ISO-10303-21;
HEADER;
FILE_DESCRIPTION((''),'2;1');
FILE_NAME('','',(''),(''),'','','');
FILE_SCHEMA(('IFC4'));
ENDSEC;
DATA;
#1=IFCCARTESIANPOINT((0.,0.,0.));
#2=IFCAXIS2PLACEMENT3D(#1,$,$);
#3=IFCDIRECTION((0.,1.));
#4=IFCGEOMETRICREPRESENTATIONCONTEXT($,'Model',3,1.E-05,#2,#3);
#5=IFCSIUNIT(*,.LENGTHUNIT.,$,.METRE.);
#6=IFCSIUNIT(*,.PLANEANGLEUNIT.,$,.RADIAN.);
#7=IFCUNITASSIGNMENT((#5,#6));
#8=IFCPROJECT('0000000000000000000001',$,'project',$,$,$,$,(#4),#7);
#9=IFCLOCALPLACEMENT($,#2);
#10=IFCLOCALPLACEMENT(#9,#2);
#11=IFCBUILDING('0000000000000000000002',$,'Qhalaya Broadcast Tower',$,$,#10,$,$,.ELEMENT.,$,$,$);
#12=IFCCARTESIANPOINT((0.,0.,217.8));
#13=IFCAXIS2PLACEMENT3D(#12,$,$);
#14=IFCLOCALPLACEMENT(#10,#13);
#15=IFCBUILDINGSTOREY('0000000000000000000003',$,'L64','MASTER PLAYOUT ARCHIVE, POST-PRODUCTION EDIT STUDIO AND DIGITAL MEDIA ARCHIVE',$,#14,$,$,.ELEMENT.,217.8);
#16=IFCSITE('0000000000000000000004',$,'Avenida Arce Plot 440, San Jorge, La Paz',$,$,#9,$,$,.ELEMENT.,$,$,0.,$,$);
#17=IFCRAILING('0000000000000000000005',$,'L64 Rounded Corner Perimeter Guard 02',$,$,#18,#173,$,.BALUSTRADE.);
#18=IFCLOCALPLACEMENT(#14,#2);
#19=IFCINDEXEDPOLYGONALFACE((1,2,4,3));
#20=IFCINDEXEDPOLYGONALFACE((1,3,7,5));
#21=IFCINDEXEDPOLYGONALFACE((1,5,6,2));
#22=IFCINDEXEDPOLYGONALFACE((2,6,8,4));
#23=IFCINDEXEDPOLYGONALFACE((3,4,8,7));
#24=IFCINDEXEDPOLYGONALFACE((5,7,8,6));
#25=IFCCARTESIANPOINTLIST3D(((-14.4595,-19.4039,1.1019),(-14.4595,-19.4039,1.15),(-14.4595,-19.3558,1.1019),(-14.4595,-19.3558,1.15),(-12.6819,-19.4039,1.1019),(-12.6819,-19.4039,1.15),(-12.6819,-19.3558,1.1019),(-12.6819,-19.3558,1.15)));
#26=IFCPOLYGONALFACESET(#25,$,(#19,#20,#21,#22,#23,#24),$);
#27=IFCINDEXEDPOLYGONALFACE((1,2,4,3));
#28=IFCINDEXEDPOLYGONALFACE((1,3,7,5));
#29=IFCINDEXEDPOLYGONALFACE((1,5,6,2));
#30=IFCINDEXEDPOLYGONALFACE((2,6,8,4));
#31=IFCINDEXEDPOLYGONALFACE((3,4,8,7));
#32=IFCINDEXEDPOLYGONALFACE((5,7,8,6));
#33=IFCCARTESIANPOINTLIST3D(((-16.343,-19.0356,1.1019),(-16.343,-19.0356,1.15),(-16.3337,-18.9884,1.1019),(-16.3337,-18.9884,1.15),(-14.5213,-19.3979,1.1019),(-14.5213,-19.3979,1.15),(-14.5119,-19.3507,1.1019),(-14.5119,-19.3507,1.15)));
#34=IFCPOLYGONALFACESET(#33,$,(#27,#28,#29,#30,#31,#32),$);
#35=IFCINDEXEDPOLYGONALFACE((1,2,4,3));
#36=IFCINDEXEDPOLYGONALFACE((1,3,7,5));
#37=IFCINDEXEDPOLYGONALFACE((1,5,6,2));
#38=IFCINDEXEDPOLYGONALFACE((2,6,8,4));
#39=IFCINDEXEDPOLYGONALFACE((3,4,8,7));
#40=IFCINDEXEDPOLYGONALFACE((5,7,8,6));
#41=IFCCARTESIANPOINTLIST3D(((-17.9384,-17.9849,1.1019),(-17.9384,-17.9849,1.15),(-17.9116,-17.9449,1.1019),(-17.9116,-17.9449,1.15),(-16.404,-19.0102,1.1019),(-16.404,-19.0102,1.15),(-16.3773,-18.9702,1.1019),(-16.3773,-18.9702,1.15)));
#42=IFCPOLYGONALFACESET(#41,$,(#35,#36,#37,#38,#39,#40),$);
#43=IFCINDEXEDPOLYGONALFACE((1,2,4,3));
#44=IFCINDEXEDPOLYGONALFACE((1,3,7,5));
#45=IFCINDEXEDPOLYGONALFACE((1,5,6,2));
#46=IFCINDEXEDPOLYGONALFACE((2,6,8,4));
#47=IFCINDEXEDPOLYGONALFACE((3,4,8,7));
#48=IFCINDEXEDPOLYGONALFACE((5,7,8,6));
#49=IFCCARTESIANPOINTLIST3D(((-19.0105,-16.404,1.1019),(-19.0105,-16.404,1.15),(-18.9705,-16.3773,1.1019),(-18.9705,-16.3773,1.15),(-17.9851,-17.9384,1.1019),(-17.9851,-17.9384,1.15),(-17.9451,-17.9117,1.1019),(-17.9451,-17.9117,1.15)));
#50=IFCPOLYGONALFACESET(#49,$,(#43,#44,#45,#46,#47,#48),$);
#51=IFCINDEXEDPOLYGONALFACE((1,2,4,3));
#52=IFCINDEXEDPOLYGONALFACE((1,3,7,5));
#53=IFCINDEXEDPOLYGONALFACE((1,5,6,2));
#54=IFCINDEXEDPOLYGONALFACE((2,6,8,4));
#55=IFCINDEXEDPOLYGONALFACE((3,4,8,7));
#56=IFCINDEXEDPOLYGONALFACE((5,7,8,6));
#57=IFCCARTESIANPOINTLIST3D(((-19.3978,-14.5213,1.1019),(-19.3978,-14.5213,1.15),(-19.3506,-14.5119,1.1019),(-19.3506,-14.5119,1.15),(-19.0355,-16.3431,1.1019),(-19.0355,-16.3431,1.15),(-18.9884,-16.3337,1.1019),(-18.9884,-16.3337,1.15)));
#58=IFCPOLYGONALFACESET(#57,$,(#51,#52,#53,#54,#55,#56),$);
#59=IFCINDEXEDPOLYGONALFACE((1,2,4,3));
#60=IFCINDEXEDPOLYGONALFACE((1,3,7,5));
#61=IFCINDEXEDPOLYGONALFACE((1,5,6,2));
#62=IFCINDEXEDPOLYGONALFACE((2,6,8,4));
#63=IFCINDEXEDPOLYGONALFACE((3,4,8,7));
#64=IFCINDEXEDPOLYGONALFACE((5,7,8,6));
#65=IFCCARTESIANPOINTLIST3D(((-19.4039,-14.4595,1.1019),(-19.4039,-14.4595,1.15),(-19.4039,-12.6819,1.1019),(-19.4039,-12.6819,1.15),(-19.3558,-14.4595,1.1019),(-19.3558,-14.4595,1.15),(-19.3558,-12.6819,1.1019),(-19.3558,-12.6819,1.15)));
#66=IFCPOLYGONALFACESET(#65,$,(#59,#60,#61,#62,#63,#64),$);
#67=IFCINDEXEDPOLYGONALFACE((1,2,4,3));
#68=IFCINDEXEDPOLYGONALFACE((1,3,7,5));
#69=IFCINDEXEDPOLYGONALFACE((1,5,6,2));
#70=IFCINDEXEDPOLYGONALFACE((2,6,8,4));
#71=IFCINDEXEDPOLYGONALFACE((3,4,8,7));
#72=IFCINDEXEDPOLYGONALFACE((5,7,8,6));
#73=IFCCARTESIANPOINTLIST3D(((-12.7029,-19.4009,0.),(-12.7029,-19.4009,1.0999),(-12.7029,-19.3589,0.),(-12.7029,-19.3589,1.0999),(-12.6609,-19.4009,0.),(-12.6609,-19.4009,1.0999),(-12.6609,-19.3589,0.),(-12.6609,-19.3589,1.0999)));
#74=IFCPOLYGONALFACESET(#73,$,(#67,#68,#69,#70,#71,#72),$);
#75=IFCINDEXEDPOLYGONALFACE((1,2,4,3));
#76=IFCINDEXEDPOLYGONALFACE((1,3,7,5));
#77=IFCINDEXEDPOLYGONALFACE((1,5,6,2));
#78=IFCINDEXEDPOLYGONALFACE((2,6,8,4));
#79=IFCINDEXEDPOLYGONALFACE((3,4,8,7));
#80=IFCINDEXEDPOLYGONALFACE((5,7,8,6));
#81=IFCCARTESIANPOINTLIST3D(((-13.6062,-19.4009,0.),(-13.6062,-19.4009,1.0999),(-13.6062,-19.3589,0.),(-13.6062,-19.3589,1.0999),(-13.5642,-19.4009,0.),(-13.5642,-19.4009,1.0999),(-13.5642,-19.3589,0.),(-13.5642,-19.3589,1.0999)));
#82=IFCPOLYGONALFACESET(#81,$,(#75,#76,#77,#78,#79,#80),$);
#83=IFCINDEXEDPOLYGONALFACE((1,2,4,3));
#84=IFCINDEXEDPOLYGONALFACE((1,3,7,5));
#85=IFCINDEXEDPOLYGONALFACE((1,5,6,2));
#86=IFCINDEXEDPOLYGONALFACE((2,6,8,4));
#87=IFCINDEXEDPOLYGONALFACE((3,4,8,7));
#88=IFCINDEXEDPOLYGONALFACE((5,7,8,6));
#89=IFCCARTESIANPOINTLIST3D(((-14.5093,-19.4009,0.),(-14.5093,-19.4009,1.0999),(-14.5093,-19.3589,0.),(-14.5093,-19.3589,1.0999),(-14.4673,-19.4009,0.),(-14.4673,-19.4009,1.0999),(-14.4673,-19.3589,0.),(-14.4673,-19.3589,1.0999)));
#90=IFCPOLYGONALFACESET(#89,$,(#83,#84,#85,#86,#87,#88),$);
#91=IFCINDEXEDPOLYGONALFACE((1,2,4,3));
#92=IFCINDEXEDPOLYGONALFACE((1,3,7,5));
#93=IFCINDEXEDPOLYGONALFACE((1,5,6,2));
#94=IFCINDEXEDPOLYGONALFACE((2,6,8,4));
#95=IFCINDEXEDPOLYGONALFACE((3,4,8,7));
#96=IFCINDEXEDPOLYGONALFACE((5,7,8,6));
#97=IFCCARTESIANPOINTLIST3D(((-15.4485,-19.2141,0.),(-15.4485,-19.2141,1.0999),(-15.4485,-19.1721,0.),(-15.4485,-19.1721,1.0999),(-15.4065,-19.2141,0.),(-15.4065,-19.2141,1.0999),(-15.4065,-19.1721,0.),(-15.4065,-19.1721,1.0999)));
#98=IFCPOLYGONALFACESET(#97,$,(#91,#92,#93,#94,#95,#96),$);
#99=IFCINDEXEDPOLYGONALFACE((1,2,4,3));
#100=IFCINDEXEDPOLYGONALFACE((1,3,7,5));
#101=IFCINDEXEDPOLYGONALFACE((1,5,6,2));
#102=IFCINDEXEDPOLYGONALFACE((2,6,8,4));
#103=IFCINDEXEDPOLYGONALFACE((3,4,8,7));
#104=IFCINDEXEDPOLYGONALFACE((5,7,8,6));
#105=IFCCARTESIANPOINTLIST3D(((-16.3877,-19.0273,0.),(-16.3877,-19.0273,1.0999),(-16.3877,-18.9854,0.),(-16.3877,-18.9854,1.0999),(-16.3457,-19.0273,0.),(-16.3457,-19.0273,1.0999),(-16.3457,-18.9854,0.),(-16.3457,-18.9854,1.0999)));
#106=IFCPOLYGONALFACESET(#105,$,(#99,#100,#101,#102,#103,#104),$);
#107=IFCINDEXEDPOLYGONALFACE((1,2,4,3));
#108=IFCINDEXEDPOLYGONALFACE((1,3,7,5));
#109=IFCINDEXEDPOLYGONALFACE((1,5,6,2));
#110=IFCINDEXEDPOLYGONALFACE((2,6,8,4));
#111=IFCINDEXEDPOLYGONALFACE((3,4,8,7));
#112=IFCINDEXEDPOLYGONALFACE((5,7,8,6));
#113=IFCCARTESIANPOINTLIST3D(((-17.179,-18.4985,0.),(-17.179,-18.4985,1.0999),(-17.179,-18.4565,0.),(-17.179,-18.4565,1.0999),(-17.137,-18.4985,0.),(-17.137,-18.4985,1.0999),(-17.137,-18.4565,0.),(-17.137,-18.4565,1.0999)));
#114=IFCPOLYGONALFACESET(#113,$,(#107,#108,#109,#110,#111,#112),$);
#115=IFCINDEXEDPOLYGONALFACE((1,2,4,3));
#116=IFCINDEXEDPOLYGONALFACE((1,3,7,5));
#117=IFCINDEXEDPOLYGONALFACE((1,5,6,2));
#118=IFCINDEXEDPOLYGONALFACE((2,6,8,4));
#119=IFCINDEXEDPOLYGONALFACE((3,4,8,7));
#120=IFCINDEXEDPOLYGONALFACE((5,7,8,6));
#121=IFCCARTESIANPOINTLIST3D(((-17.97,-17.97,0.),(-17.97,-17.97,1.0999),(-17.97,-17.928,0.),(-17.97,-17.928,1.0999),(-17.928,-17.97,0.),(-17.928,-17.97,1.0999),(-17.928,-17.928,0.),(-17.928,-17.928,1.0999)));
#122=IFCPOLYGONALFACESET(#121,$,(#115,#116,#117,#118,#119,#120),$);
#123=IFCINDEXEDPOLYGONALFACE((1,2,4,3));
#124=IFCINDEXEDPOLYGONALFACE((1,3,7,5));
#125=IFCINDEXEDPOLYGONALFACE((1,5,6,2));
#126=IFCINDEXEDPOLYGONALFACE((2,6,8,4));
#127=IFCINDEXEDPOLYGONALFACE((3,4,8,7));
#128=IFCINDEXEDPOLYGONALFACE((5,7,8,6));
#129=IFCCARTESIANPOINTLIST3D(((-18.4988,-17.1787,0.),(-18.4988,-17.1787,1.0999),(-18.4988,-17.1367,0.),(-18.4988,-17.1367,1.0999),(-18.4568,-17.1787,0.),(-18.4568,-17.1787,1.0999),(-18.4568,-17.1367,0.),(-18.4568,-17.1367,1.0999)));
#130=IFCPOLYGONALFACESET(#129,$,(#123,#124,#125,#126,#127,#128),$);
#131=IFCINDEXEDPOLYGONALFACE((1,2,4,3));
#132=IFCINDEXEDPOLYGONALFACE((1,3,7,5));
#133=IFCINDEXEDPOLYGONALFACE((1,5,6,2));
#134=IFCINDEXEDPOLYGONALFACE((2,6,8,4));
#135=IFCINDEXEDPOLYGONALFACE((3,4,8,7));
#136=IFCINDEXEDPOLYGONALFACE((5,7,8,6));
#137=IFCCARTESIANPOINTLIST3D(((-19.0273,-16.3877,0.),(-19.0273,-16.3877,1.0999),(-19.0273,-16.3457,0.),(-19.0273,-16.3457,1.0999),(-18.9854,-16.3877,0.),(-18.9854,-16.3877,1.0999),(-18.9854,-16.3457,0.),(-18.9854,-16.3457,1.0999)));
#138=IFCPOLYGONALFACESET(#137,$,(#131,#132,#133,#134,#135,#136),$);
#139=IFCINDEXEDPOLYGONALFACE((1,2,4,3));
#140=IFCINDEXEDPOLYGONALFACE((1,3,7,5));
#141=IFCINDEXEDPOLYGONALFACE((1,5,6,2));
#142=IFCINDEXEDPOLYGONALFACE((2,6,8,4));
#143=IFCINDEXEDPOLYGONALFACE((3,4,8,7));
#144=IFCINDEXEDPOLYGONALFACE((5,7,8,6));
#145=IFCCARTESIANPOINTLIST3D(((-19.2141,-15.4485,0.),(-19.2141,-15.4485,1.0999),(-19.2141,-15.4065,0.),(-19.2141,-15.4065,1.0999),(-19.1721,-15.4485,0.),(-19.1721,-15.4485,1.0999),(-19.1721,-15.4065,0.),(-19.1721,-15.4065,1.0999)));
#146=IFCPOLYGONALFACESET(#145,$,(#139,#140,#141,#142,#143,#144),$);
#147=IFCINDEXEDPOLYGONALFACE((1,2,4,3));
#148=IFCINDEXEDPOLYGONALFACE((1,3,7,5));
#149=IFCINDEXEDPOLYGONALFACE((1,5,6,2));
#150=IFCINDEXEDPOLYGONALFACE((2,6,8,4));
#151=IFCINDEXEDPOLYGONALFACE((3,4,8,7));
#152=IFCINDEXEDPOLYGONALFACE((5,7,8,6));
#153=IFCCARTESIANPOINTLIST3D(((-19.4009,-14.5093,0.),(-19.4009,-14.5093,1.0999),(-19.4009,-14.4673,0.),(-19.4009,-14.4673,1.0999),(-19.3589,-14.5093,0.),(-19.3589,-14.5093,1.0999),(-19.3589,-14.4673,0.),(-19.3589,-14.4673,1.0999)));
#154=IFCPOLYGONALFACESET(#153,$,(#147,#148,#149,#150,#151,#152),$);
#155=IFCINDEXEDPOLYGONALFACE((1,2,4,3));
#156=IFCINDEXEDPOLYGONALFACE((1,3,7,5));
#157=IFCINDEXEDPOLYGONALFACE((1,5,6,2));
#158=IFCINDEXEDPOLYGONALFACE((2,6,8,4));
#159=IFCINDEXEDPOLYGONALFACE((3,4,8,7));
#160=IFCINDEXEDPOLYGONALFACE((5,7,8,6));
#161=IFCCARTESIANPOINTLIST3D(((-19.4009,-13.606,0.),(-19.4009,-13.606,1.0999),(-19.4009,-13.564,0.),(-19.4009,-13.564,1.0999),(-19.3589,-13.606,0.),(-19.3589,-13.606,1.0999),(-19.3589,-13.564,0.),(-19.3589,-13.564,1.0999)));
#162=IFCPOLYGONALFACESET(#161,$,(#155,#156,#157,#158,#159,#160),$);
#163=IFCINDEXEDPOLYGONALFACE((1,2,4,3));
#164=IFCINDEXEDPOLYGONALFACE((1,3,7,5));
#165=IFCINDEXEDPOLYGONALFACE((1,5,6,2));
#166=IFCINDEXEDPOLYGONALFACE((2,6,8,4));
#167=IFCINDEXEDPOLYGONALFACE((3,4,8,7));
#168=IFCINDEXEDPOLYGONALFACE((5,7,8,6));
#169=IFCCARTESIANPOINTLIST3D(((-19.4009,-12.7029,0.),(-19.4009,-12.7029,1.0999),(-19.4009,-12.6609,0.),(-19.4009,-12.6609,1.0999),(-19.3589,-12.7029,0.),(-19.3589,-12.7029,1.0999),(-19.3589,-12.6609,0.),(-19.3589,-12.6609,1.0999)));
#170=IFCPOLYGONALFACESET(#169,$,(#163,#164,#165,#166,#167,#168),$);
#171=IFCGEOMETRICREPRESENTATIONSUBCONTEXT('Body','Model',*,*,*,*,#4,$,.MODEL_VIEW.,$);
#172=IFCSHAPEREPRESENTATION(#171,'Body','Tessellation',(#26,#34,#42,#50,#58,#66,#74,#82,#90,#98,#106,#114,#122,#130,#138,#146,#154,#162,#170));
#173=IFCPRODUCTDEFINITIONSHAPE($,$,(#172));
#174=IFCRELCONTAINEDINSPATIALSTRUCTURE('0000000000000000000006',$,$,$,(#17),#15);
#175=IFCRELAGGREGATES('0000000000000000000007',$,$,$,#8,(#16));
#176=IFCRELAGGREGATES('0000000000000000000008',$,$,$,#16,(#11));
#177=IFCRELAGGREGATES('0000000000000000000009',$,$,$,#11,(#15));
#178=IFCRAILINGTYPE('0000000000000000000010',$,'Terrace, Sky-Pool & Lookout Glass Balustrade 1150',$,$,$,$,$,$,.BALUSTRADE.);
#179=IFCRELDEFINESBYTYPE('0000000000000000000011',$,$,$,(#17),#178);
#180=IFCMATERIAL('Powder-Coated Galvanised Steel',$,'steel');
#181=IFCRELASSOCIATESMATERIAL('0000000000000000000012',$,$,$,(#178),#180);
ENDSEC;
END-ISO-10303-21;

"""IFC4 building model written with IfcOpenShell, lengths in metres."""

from ifc_helpers import new_model, si_unit, direction, frame, origin, origin_2d, place, context, subcontext, project, spatial, rectangle, extrude, material, type_object, element, save


model = new_model("IFC4")

# Units and contexts
model_context = context("Model", 3, precision=1e-05, world=origin(), true_north=direction((0.0, 1.0)))
body_context = subcontext(model_context, "Body", "Model", "MODEL_VIEW")
ifc_project = project(units=[si_unit("LENGTHUNIT", "METRE"), si_unit("PLANEANGLEUNIT", "RADIAN")], contexts=[model_context])

# Site, building, storey
site_placement = place(None, origin())
site = spatial("IfcSite", under=ifc_project, at=site_placement, Name="Avenida Arce Plot 440, San Jorge, La Paz", CompositionType="ELEMENT", RefElevation=0.0)
building_placement = place(site_placement, origin())
building = spatial("IfcBuilding", under=site, at=building_placement, Name="Qhalaya Broadcast Tower", CompositionType="ELEMENT")
storey_placement = place(building_placement, frame((0.0, 0.0, 217.8)))
storey = spatial("IfcBuildingStorey", under=building, at=storey_placement, Name="L64", Description="MASTER PLAYOUT ARCHIVE, POST-PRODUCTION EDIT STUDIO AND DIGITAL MEDIA ARCHIVE", CompositionType="ELEMENT", Elevation=217.8)

# Railing
ifc_material_1 = material(Name="Powder-Coated Galvanised Steel", Category="steel")
railing_type = type_object("IfcRailingType", Name="Terrace, Sky-Pool & Lookout Glass Balustrade 1150", PredefinedType="BALUSTRADE", material=ifc_material_1)
railing_placement = place(storey_placement, frame((-12.6819, -19.3799, 0.0)))
element("IfcRailing", 1, at=railing_placement, inside=storey, type_object=railing_type, Name="L64 Rounded Corner Perimeter Guard 02", PredefinedType="BALUSTRADE", context=body_context, shape_type="SweptSolid", body=[
    extrude(rectangle(XDim=0.0481, YDim=0.0481, at=origin_2d()), frame((0.0, 0.0, 1.126), z_axis=(-1.0, 0.0, 0.0), x_axis=(0.0, -1.0, 0.0)), (0.0, 0.0, 1.0), 1.7776),
    extrude(rectangle(XDim=0.0481, YDim=0.0481, at=origin_2d()), frame((-1.8347, 0.0056, 1.126), z_axis=(-0.980796, 0.195037, 0.0), x_axis=(-0.195037, -0.980796, 0.0)), (0.0, 0.0, 1.0), 1.8574),
    extrude(rectangle(XDim=0.0481, YDim=0.0481, at=origin_2d()), frame((-3.7087, 0.3896, 1.126), z_axis=(-0.831438, 0.555618, 0.0), x_axis=(-0.555618, -0.831438, 0.0)), (0.0, 0.0, 1.0), 1.8455),
    extrude(rectangle(XDim=0.0481, YDim=0.0481, at=origin_2d()), frame((-5.2832, 1.4548, 1.126), z_axis=(-0.555618, 0.831438, 0.0), x_axis=(-0.831438, -0.555618, 0.0)), (0.0, 0.0, 1.0), 1.8455),
    extrude(rectangle(XDim=0.0481, YDim=0.0481, at=origin_2d()), frame((-6.3301, 3.0415, 1.126), z_axis=(-0.195037, 0.980796, 0.0), x_axis=(-0.980796, -0.195037, 0.0)), (0.0, 0.0, 1.0), 1.8574),
    extrude(rectangle(XDim=0.0481, YDim=0.0481, at=origin_2d()), frame((-6.698, 4.9204, 1.126), z_axis=(0.0, 1.0, 0.0), x_axis=(-1.0, 0.0, 0.0)), (0.0, 0.0, 1.0), 1.7776),
    extrude(rectangle(XDim=0.042, YDim=0.042, at=origin_2d()), origin(), (0.0, 0.0, 1.0), 1.0999),
    extrude(rectangle(XDim=0.042, YDim=0.042, at=origin_2d()), frame((-0.9033, 0.0, 0.0)), (0.0, 0.0, 1.0), 1.0999),
    extrude(rectangle(XDim=0.042, YDim=0.042, at=origin_2d()), frame((-1.8064, 0.0, 0.0)), (0.0, 0.0, 1.0), 1.0999),
    extrude(rectangle(XDim=0.042, YDim=0.042, at=origin_2d()), frame((-2.7456, 0.1868, 0.0)), (0.0, 0.0, 1.0), 1.0999),
    extrude(rectangle(XDim=0.042, YDim=0.042, at=origin_2d()), frame((-3.6848, 0.3735, 0.0)), (0.0, 0.0, 1.0), 1.0999),
    extrude(rectangle(XDim=0.042, YDim=0.042, at=origin_2d()), frame((-4.4761, 0.9023, 0.0)), (0.0, 0.0, 1.0), 1.0999),
    extrude(rectangle(XDim=0.042, YDim=0.042, at=origin_2d()), frame((-5.2671, 1.4309, 0.0)), (0.0, 0.0, 1.0), 1.0999),
    extrude(rectangle(XDim=0.042, YDim=0.042, at=origin_2d()), frame((-5.7959, 2.2222, 0.0)), (0.0, 0.0, 1.0), 1.0999),
    extrude(rectangle(XDim=0.042, YDim=0.042, at=origin_2d()), frame((-6.3245, 3.0132, 0.0)), (0.0, 0.0, 1.0), 1.0999),
    extrude(rectangle(XDim=0.042, YDim=0.042, at=origin_2d()), frame((-6.5112, 3.9524, 0.0)), (0.0, 0.0, 1.0), 1.0999),
    extrude(rectangle(XDim=0.042, YDim=0.042, at=origin_2d()), frame((-6.698, 4.8916, 0.0)), (0.0, 0.0, 1.0), 1.0999),
    extrude(rectangle(XDim=0.042, YDim=0.042, at=origin_2d()), frame((-6.698, 5.7949, 0.0)), (0.0, 0.0, 1.0), 1.0999),
    extrude(rectangle(XDim=0.042, YDim=0.042, at=origin_2d()), frame((-6.698, 6.698, 0.0)), (0.0, 0.0, 1.0), 1.0999),
])

save(model, "model.ifc")
